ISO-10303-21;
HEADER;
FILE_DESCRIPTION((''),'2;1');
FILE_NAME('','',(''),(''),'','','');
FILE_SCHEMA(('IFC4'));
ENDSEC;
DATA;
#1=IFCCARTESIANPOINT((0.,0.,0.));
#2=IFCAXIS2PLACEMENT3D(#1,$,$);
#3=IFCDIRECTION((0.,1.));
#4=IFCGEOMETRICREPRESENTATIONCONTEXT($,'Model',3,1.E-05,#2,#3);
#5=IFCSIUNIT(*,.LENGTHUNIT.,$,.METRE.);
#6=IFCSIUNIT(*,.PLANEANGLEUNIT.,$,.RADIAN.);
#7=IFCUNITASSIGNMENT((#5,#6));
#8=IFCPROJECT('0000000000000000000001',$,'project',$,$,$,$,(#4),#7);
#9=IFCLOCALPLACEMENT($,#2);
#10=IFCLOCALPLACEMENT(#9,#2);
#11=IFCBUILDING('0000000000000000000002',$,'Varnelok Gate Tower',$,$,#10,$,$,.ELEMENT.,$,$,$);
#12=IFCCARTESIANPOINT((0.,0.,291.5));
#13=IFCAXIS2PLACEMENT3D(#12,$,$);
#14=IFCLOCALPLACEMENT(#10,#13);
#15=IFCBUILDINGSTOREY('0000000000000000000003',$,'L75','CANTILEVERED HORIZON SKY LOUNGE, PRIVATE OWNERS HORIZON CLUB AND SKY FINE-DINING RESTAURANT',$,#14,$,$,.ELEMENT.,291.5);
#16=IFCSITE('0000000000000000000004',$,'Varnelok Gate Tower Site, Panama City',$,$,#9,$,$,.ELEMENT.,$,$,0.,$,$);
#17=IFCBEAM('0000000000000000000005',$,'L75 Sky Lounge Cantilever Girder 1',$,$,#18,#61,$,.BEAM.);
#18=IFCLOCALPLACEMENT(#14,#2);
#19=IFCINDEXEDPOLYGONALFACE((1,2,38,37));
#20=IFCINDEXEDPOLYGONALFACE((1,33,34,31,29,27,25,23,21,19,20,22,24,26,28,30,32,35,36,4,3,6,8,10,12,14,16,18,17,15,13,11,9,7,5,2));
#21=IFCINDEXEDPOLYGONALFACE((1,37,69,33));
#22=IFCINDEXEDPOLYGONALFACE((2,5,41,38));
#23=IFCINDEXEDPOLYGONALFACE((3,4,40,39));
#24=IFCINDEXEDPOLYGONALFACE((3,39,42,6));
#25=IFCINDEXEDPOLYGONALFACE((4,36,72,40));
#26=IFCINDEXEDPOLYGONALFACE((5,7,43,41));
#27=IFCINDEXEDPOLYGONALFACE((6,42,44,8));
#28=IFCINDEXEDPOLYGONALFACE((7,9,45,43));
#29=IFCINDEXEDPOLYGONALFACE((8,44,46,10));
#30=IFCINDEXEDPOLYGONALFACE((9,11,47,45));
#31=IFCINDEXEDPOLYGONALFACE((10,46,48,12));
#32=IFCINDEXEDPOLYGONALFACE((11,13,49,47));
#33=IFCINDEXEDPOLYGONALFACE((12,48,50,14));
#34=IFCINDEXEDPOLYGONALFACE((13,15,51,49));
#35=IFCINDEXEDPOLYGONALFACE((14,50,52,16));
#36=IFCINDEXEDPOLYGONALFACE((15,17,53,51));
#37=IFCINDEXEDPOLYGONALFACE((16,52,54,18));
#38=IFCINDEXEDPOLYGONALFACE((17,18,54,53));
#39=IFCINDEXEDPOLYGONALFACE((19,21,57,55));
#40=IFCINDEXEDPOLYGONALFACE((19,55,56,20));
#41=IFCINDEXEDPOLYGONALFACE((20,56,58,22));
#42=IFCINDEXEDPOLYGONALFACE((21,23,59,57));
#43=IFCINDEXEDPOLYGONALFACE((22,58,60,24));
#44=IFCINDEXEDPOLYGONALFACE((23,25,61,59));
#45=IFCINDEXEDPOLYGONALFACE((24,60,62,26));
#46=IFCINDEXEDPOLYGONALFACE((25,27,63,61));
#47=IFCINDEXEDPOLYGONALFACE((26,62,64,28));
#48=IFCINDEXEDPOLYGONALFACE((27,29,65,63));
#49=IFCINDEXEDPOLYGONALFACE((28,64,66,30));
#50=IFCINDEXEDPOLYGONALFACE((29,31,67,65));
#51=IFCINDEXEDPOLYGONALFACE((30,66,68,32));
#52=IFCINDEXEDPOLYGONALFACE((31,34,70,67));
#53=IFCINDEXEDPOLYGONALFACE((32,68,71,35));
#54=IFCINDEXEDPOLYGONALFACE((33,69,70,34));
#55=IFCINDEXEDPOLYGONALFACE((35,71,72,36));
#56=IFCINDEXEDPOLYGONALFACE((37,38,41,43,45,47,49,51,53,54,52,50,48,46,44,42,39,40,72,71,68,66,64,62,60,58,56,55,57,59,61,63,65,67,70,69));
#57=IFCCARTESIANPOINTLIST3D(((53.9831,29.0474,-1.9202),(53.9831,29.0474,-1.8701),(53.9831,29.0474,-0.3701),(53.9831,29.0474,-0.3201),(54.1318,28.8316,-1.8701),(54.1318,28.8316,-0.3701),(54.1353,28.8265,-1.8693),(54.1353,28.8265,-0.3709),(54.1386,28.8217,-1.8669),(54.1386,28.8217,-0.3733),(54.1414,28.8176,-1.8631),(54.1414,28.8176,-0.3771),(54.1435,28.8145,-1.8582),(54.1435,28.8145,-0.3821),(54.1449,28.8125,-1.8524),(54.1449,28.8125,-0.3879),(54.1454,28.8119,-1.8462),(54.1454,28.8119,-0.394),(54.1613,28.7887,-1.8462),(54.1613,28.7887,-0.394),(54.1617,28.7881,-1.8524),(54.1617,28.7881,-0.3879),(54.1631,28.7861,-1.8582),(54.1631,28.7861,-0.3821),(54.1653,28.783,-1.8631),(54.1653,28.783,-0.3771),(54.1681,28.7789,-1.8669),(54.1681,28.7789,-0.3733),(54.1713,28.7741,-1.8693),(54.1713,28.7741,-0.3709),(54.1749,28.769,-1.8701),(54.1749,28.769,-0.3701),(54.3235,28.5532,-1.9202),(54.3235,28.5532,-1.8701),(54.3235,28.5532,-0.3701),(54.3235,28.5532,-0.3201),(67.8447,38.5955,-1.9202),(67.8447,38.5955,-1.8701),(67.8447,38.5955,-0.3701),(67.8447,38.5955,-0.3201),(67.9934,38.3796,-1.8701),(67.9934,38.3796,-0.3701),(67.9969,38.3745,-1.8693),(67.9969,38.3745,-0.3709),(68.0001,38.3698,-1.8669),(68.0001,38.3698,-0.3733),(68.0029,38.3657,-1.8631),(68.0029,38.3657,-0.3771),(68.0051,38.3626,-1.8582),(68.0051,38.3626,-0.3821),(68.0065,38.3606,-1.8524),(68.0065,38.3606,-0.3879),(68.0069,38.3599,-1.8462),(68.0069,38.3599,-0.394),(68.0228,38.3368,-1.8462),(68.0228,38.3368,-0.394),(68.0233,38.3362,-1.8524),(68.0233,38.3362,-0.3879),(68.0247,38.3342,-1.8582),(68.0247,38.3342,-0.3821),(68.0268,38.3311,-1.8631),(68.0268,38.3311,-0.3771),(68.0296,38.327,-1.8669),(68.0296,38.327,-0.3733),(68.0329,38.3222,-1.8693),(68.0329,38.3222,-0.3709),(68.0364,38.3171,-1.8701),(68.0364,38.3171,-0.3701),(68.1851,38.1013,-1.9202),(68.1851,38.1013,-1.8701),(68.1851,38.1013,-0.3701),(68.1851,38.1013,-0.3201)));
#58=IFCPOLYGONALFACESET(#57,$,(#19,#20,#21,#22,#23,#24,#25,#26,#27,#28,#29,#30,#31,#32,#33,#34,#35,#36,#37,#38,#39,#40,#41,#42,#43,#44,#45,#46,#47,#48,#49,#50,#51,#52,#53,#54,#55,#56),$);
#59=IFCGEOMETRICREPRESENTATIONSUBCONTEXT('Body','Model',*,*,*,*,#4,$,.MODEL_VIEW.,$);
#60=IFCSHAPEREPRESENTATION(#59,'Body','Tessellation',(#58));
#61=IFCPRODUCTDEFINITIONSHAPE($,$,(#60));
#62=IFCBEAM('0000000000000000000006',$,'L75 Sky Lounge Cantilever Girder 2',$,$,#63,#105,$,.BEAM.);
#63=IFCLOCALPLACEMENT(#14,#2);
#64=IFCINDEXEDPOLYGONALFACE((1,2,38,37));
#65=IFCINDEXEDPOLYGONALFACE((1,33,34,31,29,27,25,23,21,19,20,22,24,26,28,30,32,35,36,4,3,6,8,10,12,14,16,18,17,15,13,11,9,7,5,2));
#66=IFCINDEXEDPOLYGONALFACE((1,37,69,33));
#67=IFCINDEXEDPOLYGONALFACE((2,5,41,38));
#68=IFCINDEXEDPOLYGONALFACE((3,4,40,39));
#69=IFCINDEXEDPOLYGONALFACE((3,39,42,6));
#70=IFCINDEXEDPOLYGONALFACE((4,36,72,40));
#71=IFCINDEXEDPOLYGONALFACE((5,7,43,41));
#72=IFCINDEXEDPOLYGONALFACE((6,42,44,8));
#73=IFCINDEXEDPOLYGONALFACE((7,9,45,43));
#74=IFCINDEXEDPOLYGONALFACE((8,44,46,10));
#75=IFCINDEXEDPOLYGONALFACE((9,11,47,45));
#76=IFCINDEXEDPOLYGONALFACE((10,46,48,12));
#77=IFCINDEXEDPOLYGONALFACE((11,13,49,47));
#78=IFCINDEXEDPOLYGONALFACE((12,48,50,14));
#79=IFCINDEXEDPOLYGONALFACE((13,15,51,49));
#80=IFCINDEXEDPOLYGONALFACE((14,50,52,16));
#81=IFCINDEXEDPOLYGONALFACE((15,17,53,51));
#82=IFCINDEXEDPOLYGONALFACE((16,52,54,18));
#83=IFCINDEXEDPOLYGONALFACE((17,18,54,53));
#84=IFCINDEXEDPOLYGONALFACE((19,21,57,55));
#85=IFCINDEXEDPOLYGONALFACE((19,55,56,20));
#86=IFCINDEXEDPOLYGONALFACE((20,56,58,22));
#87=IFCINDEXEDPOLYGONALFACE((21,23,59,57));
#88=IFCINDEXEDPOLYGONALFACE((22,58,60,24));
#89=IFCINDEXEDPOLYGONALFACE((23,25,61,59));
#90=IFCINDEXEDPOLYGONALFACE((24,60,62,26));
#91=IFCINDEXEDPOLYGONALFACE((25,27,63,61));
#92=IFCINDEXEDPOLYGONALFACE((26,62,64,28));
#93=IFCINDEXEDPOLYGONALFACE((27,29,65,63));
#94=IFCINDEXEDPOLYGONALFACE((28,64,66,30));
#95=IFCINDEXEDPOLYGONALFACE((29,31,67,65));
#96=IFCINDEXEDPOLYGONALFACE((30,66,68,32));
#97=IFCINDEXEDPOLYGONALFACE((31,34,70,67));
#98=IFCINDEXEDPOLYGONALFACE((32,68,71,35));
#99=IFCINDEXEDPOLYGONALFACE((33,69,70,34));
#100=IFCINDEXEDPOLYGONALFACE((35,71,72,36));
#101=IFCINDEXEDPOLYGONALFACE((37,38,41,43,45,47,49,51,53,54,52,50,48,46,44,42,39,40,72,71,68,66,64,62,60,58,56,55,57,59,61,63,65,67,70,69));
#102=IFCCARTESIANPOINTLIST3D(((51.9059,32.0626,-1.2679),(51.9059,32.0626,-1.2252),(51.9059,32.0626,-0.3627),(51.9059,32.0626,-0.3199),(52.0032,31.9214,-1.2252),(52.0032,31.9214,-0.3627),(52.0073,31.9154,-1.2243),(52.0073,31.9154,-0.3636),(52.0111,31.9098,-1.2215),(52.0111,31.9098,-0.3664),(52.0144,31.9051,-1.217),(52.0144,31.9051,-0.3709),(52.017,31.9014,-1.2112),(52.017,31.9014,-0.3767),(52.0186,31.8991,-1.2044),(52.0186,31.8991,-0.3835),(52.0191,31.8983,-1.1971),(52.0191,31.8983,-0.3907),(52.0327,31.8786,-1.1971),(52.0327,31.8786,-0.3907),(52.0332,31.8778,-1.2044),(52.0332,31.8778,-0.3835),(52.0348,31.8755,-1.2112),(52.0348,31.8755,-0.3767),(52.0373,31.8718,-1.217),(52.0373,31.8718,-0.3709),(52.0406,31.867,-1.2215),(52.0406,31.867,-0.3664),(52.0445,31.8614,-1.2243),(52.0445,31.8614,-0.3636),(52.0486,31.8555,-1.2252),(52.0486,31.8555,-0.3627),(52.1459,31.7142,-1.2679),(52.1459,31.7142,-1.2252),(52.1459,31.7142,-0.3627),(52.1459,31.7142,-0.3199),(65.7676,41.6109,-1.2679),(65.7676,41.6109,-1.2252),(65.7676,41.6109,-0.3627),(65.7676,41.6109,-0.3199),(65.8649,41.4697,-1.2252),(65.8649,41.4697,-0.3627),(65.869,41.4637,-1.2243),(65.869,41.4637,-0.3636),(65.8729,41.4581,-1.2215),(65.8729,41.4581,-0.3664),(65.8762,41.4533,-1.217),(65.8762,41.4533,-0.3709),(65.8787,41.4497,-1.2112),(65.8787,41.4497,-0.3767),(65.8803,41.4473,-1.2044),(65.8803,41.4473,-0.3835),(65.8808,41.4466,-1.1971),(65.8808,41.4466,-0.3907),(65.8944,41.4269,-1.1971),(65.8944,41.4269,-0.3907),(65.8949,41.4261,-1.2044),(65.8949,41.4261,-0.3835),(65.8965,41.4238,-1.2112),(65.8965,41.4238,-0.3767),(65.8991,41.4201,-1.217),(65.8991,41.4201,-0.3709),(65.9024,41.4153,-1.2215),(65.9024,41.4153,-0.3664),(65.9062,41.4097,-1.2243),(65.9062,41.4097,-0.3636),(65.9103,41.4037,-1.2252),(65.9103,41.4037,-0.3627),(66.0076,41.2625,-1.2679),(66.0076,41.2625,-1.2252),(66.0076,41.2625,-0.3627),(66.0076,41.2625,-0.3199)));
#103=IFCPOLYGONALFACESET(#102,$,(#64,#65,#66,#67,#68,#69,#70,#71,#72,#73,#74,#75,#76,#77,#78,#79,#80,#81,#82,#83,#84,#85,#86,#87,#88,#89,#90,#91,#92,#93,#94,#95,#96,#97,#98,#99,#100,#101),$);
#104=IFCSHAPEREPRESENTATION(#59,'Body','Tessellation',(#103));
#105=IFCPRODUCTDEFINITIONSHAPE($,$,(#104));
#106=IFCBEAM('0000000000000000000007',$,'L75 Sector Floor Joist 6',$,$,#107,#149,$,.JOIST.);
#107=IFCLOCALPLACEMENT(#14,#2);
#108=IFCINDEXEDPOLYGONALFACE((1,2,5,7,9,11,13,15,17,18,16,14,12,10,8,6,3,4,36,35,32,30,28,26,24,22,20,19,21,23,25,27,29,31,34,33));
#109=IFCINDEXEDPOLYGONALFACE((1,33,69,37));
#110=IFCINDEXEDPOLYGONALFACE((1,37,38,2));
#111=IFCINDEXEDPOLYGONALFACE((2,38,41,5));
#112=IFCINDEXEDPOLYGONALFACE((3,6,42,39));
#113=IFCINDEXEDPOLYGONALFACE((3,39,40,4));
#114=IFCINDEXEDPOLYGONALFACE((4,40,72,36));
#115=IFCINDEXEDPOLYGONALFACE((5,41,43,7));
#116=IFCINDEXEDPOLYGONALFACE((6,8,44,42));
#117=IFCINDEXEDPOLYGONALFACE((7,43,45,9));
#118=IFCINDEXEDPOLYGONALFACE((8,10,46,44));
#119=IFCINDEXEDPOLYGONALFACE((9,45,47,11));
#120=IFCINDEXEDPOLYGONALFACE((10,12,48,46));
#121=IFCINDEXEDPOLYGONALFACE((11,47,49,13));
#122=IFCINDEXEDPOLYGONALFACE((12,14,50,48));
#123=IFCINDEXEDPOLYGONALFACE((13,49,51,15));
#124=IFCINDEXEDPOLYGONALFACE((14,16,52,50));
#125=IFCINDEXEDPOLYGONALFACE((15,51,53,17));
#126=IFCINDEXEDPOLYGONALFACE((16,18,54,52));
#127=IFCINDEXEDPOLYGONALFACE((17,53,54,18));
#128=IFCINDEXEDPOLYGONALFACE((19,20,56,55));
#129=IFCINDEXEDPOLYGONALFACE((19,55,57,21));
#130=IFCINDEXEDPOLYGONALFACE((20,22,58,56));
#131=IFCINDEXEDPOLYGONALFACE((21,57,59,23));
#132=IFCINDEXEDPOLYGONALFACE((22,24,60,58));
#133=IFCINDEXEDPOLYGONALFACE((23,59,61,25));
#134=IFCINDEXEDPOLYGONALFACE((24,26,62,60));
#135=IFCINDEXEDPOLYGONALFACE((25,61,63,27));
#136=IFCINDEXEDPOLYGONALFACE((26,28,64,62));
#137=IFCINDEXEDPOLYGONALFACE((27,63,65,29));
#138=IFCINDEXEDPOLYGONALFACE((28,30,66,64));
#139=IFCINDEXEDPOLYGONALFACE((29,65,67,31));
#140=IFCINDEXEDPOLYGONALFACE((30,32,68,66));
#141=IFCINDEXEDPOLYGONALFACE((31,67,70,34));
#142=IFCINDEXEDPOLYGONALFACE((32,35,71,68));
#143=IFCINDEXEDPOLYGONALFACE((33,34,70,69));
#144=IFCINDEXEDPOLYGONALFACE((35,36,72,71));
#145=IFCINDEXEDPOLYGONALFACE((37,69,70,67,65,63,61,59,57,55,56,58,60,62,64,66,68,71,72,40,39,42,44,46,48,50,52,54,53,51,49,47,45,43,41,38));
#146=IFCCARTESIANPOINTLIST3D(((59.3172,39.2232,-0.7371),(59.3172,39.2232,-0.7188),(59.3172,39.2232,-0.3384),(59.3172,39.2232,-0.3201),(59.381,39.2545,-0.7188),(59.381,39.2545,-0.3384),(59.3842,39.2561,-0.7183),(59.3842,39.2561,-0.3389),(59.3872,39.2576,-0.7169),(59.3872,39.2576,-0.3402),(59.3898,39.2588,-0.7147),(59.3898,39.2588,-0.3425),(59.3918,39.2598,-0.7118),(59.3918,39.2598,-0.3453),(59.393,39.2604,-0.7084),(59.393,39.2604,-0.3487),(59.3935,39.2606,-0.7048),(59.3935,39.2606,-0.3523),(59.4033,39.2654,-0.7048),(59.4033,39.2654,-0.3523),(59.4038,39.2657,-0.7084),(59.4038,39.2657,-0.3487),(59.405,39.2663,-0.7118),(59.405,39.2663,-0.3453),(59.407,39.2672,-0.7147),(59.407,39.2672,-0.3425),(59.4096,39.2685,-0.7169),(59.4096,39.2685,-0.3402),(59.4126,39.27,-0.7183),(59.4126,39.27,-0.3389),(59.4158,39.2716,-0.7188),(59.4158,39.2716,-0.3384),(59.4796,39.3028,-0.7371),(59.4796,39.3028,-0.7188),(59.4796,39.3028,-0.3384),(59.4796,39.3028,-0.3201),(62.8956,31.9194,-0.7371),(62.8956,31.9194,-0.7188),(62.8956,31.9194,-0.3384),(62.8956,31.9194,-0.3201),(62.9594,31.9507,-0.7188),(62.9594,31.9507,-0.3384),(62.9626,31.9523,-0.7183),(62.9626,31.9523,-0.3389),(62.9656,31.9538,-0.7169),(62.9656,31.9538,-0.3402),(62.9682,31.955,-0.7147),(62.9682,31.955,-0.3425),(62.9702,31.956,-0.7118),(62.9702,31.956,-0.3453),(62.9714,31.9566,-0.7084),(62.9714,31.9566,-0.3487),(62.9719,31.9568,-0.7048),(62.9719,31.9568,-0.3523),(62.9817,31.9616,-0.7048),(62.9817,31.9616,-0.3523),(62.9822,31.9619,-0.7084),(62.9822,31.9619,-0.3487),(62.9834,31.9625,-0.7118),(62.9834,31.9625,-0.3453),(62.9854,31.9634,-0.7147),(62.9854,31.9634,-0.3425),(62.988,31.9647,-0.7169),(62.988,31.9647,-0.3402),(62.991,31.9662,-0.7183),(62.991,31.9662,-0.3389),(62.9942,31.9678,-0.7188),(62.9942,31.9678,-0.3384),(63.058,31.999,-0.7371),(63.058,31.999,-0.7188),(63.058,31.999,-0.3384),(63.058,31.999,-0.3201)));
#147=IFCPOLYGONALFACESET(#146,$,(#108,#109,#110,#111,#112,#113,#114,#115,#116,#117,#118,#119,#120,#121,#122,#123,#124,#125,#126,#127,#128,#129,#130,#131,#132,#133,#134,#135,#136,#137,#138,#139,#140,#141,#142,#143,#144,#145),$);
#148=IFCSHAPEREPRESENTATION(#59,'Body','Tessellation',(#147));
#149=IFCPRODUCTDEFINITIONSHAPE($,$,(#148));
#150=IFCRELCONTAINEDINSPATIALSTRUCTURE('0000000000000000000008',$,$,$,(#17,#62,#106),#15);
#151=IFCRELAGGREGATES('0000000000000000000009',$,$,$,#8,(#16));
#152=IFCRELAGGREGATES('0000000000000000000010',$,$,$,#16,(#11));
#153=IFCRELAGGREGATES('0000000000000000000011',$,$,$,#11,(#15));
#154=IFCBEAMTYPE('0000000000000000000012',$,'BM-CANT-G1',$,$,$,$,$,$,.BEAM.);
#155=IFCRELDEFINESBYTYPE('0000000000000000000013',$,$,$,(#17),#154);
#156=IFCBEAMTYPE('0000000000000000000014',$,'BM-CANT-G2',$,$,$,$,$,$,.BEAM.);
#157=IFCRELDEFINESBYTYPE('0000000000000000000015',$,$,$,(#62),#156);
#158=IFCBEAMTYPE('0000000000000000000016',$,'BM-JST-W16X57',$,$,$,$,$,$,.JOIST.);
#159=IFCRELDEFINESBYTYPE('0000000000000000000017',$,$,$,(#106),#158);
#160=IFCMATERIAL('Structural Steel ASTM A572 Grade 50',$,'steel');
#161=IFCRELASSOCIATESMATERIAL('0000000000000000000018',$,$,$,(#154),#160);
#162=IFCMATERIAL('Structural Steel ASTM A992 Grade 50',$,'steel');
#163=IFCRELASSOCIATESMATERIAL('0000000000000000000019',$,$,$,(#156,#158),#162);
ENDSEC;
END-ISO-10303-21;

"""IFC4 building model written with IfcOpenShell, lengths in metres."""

from ifc_helpers import new_model, si_unit, direction, frame, origin, origin_2d, place, context, subcontext, project, spatial, i_section, extrude, material, material_profile, profile_set, type_object, element, save


model = new_model("IFC4")

# Units and contexts
model_context = context("Model", 3, precision=1e-05, world=origin(), true_north=direction((0.0, 1.0)))
body_context = subcontext(model_context, "Body", "Model", "MODEL_VIEW")
ifc_project = project(units=[si_unit("LENGTHUNIT", "METRE"), si_unit("PLANEANGLEUNIT", "RADIAN")], contexts=[model_context])

# Site, building, storey
site_placement = place(None, origin())
site = spatial("IfcSite", under=ifc_project, at=site_placement, Name="Varnelok Gate Tower Site, Panama City", CompositionType="ELEMENT", RefElevation=0.0)
building_placement = place(site_placement, origin())
building = spatial("IfcBuilding", under=site, at=building_placement, Name="Varnelok Gate Tower", CompositionType="ELEMENT")
storey_placement = place(building_placement, frame((0.0, 0.0, 291.5)))
storey = spatial("IfcBuildingStorey", under=building, at=storey_placement, Name="L75", Description="CANTILEVERED HORIZON SKY LOUNGE, PRIVATE OWNERS HORIZON CLUB AND SKY FINE-DINING RESTAURANT", CompositionType="ELEMENT", Elevation=291.5)

# Shared definitions
ifc_material_1 = material(Name="Structural Steel ASTM A992 Grade 50", Category="steel")

# Beams
ifc_material_2 = material(Name="Structural Steel ASTM A572 Grade 50", Category="steel")
ifc_material_profile_1 = material_profile(ifc_material_2, i_section(OverallWidth=0.6001, OverallDepth=1.6001, WebThickness=0.0281, FlangeThickness=0.05, FilletRadius=0.0239, at=origin_2d()), Name="PG1600X600")
ifc_profile_set_1 = profile_set([ifc_material_profile_1], Name="Structural Steel ASTM A572 Grade 50")
beam_type_1 = type_object("IfcBeamType", Name="BM-CANT-G1", PredefinedType="BEAM", material=ifc_profile_set_1)
beam_1_placement = place(storey_placement, frame((54.1533, 28.8003, -1.1201), z_axis=(0.823535, 0.567265, 0.0), x_axis=(-0.567265, 0.823535, 0.0)))
element("IfcBeam", 1, at=beam_1_placement, inside=storey, type_object=beam_type_1, Name="L75 Sky Lounge Cantilever Girder 1", PredefinedType="BEAM", context=body_context, shape_type="SweptSolid", body=[
    extrude(i_section(OverallWidth=0.6001, OverallDepth=1.6001, WebThickness=0.0281, FlangeThickness=0.05, FilletRadius=0.0239, at=origin_2d()), origin(), (0.0, 0.0, 1.0), 16.8318),
])
ifc_material_profile_2 = material_profile(ifc_material_1, i_section(OverallWidth=0.4231, OverallDepth=0.948, WebThickness=0.0239, FlangeThickness=0.0427, FilletRadius=0.0281, at=origin_2d()), Name="W36X302")
ifc_profile_set_2 = profile_set([ifc_material_profile_2], Name="Structural Steel ASTM A992 Grade 50")
beam_type_2 = type_object("IfcBeamType", Name="BM-CANT-G2", PredefinedType="BEAM", material=ifc_profile_set_2)
beam_2_placement = place(storey_placement, frame((52.0259, 31.8884, -0.7939), z_axis=(0.823533, 0.567269, 0.0), x_axis=(-0.567269, 0.823533, 0.0)))
element("IfcBeam", 2, at=beam_2_placement, inside=storey, type_object=beam_type_2, Name="L75 Sky Lounge Cantilever Girder 2", PredefinedType="BEAM", context=body_context, shape_type="SweptSolid", body=[
    extrude(i_section(OverallWidth=0.4231, OverallDepth=0.948, WebThickness=0.0239, FlangeThickness=0.0427, FilletRadius=0.0281, at=origin_2d()), origin(), (0.0, 0.0, 1.0), 16.832),
])
ifc_material_profile_3 = material_profile(ifc_material_1, i_section(OverallWidth=0.1809, OverallDepth=0.417, WebThickness=0.011, FlangeThickness=0.0183, FilletRadius=0.0139, at=origin_2d()), Name="W16X57")
ifc_profile_set_3 = profile_set([ifc_material_profile_3], Name="Structural Steel ASTM A992 Grade 50")
beam_type_3 = type_object("IfcBeamType", Name="BM-JST-W16X57", PredefinedType="JOIST", material=ifc_profile_set_3)
beam_3_placement = place(storey_placement, frame((62.9768, 31.9592, -0.5286), z_axis=(-0.439971, 0.898012, 0.0), x_axis=(-0.898012, -0.439971, 0.0)))
element("IfcBeam", 3, at=beam_3_placement, inside=storey, type_object=beam_type_3, Name="L75 Sector Floor Joist 6", PredefinedType="JOIST", context=body_context, shape_type="SweptSolid", body=[
    extrude(i_section(OverallWidth=0.1809, OverallDepth=0.417, WebThickness=0.011, FlangeThickness=0.0183, FilletRadius=0.0139, at=origin_2d()), origin(), (0.0, 0.0, 1.0), 8.1333),
])

save(model, "model.ifc")
